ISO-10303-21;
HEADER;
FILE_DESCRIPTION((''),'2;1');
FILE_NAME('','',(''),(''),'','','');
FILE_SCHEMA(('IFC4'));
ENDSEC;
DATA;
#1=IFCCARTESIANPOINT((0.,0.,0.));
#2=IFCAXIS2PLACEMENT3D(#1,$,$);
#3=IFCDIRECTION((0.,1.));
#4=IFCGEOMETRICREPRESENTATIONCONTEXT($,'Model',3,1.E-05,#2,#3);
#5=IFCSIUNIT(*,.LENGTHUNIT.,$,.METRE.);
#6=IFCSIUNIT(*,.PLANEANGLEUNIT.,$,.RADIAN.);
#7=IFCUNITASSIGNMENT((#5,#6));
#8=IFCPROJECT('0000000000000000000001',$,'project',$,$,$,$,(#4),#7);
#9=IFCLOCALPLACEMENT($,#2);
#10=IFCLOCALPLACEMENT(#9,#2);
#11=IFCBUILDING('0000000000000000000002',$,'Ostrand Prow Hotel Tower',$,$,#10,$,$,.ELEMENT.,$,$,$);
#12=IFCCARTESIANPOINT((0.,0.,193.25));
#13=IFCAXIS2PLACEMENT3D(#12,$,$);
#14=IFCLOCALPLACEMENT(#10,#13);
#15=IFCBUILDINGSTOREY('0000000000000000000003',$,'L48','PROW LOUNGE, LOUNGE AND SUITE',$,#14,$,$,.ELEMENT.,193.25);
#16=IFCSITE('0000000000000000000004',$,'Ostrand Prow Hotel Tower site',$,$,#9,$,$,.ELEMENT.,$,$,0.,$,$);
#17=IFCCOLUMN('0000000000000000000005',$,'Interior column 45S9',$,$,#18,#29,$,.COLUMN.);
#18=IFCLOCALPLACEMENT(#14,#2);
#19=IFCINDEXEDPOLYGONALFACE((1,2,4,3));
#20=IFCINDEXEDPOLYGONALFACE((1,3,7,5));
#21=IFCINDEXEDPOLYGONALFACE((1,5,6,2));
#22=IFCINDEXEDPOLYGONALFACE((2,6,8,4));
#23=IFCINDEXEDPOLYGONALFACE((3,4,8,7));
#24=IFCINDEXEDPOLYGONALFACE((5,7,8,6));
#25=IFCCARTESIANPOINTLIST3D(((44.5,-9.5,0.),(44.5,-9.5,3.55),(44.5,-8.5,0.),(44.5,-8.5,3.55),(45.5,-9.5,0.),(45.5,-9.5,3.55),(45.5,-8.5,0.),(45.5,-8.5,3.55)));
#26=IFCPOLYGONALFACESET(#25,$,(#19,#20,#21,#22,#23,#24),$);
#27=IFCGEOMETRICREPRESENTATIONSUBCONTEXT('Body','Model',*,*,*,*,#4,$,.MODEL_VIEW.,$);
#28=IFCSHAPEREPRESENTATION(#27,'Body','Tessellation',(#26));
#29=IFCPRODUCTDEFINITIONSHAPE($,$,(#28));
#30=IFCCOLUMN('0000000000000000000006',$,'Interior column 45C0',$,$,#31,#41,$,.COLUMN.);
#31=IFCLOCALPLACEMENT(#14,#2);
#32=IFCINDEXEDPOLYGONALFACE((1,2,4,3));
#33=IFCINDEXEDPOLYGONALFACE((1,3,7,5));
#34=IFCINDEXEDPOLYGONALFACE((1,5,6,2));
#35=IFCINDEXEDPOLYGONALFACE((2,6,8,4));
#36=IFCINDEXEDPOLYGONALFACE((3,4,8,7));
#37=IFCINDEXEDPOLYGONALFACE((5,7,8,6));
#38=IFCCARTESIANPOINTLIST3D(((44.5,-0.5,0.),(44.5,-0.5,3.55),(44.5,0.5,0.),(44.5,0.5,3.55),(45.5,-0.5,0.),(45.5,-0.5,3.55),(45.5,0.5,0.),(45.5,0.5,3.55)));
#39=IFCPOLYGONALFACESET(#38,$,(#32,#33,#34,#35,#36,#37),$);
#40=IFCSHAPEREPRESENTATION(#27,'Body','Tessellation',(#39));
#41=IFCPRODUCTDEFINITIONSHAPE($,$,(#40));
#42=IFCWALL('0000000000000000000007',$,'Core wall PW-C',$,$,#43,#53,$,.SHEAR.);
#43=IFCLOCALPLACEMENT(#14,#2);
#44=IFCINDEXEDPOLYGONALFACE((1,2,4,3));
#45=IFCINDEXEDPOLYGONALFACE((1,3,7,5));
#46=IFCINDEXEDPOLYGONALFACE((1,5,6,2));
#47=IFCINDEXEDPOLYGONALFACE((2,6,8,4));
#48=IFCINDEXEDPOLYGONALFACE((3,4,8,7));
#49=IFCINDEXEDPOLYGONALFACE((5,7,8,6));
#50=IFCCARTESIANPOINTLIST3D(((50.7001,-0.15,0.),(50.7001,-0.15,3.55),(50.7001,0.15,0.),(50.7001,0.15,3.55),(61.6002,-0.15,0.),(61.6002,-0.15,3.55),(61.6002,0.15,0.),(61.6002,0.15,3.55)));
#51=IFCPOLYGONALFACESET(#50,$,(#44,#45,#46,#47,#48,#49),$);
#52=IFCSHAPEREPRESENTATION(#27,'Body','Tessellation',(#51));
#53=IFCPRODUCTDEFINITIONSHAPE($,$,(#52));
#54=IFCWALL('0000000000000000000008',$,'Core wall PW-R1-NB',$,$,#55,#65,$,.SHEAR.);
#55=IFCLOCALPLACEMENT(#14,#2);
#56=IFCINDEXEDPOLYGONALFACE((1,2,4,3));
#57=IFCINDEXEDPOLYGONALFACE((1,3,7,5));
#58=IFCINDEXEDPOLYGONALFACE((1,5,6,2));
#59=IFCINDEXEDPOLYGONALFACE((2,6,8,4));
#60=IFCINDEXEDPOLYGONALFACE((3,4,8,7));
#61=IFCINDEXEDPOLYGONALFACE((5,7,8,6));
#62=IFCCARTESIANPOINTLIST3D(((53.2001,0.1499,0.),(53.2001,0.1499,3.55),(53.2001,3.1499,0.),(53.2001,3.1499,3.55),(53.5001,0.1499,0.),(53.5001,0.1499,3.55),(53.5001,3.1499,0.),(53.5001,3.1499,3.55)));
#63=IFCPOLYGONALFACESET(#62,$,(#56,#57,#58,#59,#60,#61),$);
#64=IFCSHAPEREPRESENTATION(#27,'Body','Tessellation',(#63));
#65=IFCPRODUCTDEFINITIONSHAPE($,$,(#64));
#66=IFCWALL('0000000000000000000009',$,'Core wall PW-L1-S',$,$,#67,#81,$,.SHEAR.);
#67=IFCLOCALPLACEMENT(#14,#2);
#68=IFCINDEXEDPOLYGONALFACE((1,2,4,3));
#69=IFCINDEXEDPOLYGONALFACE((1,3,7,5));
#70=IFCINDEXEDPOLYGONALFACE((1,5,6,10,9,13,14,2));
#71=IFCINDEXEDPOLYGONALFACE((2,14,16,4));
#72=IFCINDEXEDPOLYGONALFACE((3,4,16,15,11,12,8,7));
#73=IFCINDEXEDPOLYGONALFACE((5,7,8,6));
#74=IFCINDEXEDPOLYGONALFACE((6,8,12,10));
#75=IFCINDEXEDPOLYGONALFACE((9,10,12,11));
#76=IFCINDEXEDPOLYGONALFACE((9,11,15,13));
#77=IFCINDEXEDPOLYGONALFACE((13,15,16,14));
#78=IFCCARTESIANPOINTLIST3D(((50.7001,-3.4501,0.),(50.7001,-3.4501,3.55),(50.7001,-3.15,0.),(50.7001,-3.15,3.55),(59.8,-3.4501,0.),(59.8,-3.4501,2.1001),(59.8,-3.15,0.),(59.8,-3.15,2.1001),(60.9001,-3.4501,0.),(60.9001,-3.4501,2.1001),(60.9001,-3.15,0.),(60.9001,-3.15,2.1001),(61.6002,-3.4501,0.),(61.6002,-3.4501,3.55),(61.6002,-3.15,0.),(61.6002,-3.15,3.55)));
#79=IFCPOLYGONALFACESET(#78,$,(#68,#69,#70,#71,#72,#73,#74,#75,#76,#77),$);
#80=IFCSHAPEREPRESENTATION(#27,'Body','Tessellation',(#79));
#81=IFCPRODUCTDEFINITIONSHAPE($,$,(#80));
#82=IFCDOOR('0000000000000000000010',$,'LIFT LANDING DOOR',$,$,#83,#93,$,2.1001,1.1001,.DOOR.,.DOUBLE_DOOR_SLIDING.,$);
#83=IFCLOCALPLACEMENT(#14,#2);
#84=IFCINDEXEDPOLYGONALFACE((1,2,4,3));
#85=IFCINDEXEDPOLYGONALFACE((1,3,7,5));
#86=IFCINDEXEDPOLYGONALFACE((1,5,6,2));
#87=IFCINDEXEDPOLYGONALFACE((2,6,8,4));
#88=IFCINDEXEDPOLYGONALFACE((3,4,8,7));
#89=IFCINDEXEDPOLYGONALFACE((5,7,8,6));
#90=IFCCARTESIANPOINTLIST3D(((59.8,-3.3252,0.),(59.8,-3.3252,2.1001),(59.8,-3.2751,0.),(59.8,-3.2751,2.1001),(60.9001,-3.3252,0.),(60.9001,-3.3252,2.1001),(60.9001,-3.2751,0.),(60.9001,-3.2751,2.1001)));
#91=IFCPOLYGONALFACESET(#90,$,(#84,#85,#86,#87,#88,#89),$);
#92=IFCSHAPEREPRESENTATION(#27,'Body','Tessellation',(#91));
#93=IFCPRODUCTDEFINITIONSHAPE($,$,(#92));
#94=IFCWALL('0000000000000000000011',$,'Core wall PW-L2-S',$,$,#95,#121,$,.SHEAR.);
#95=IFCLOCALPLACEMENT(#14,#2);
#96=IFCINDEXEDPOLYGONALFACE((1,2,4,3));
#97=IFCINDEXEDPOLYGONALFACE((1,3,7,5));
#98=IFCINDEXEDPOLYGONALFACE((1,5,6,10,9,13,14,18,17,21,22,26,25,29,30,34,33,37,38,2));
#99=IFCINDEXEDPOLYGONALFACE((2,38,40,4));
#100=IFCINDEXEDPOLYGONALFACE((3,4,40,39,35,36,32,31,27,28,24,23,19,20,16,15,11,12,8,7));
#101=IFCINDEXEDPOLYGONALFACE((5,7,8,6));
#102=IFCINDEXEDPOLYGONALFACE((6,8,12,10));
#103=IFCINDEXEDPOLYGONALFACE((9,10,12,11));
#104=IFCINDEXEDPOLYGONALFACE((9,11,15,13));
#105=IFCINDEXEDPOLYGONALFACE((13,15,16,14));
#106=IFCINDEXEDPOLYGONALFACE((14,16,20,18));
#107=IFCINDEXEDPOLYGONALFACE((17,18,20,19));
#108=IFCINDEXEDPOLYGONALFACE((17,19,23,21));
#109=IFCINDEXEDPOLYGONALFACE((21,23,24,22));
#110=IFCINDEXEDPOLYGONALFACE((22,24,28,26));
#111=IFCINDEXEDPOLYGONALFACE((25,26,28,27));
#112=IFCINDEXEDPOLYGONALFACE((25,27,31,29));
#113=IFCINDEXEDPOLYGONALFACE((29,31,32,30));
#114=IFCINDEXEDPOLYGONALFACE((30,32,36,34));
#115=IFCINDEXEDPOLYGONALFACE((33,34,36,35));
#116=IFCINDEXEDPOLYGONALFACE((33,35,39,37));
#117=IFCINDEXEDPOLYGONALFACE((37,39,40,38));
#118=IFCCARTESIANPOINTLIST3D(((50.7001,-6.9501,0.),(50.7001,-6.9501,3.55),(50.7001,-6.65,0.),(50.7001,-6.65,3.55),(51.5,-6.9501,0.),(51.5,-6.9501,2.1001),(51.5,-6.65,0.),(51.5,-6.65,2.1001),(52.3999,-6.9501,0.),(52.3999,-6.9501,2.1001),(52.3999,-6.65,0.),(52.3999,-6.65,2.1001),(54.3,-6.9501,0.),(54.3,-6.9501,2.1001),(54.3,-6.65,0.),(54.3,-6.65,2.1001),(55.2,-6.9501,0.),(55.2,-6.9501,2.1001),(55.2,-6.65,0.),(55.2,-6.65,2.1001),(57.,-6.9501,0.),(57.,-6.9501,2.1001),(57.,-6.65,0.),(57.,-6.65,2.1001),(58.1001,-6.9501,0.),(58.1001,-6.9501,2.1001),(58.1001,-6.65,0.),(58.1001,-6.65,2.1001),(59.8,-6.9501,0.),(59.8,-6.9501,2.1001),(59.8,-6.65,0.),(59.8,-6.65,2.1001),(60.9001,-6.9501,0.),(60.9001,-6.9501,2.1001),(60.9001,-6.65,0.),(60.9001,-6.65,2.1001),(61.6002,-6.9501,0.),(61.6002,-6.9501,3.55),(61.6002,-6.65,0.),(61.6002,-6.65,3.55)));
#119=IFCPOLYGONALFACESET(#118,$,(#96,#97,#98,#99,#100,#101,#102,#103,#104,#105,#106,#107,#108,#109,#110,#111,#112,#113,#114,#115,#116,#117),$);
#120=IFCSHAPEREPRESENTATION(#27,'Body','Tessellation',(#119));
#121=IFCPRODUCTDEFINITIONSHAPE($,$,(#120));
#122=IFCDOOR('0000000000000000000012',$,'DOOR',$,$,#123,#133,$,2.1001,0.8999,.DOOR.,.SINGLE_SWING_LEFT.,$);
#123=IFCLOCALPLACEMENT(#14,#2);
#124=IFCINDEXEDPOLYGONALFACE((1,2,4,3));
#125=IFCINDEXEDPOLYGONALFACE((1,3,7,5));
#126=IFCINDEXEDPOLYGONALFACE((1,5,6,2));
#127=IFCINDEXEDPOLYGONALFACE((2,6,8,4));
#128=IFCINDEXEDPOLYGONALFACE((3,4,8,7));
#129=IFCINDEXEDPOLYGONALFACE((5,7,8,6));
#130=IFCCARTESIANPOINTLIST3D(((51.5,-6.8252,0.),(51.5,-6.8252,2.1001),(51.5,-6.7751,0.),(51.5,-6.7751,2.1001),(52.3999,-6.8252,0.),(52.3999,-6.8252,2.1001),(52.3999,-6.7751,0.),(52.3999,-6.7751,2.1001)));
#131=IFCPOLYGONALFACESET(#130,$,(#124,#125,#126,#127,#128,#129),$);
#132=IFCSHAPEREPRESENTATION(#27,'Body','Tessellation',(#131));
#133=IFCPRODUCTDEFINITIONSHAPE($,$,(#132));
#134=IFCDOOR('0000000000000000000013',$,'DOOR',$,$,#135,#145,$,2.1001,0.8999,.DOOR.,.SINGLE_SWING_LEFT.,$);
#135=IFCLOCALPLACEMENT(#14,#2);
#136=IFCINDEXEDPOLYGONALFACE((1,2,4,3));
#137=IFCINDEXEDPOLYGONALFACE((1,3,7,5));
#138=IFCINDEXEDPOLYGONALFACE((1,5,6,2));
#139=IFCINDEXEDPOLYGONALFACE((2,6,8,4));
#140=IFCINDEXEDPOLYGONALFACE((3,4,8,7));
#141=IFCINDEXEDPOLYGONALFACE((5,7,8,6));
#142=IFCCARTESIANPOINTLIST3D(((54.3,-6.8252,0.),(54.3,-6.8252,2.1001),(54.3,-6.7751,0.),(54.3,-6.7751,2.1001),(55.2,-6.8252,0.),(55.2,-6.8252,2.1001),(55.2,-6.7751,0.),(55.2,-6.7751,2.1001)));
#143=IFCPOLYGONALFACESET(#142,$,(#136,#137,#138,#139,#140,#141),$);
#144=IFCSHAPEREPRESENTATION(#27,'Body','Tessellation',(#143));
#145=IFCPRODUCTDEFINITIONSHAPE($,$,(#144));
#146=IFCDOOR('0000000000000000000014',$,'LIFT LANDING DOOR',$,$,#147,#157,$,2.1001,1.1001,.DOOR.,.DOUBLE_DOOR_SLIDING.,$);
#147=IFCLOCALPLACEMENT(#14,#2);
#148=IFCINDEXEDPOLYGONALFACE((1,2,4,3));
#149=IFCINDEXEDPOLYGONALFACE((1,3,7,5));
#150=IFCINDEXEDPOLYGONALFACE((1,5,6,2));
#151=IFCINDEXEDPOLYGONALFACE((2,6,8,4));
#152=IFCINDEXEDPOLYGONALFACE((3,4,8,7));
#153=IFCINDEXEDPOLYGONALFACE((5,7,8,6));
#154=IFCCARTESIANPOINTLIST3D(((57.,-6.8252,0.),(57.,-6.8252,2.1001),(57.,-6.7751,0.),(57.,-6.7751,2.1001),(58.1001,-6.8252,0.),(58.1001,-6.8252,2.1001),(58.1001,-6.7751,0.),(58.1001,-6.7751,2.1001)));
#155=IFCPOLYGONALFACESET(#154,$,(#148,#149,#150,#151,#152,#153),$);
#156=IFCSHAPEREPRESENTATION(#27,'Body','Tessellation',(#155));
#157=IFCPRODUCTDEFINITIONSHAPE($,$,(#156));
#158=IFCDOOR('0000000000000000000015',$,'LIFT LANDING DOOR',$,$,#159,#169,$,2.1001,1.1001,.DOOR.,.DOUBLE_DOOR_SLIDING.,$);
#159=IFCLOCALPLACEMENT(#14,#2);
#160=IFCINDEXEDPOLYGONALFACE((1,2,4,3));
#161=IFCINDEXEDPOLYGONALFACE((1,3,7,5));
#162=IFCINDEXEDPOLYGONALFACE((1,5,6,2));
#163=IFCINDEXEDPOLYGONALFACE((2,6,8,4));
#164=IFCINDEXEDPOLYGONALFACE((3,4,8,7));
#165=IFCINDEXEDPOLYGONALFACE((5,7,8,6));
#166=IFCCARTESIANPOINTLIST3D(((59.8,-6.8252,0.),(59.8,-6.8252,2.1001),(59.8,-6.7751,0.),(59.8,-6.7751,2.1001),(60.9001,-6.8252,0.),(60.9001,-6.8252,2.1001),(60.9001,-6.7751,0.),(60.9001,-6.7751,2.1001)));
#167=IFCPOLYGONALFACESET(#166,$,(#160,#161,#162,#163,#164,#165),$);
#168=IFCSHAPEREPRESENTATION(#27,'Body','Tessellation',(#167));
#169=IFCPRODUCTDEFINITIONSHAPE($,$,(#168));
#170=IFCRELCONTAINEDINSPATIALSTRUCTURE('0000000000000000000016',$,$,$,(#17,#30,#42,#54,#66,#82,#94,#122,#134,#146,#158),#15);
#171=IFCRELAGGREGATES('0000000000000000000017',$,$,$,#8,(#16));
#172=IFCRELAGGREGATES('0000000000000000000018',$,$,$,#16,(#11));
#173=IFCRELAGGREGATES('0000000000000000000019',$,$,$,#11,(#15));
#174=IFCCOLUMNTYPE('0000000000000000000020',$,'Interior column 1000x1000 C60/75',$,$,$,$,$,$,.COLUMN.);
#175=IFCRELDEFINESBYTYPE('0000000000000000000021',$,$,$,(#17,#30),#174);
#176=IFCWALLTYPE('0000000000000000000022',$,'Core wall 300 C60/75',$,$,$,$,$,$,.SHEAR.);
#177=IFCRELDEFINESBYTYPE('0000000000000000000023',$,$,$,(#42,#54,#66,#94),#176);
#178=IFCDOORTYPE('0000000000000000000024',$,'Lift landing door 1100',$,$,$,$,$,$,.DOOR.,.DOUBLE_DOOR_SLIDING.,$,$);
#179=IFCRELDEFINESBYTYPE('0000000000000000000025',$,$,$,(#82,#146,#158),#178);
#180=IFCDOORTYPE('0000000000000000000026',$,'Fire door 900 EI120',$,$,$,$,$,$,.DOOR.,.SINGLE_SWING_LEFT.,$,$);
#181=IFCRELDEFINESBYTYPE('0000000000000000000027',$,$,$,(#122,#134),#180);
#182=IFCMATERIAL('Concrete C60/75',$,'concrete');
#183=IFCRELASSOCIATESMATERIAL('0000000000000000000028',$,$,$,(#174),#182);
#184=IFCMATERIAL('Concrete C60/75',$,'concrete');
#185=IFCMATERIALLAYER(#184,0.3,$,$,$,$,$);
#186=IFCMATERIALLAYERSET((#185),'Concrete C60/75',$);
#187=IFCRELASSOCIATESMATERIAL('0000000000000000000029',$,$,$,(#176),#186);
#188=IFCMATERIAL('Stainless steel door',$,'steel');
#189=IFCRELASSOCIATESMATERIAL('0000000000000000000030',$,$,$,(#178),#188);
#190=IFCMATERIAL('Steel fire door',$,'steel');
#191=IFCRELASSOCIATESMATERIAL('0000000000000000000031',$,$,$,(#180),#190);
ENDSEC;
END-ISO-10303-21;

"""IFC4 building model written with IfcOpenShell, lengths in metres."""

from ifc_helpers import new_model, si_unit, direction, frame, frame_2d, origin, origin_2d, place, context, subcontext, project, spatial, rectangle, extrude, material, layer, layer_set, material_profile, profile_set, type_object, element, fill, save


model = new_model("IFC4")

# Units and contexts
model_context = context("Model", 3, precision=1e-05, world=origin(), true_north=direction((0.0, 1.0)))
body_context = subcontext(model_context, "Body", "Model", "MODEL_VIEW")
ifc_project = project(units=[si_unit("LENGTHUNIT", "METRE"), si_unit("PLANEANGLEUNIT", "RADIAN")], contexts=[model_context])

# Site, building, storey
site_placement = place(None, origin())
site = spatial("IfcSite", under=ifc_project, at=site_placement, Name="Ostrand Prow Hotel Tower site", CompositionType="ELEMENT", RefElevation=0.0)
building_placement = place(site_placement, origin())
building = spatial("IfcBuilding", under=site, at=building_placement, Name="Ostrand Prow Hotel Tower", CompositionType="ELEMENT")
storey_placement = place(building_placement, frame((0.0, 0.0, 193.25)))
storey = spatial("IfcBuildingStorey", under=building, at=storey_placement, Name="L48", Description="PROW LOUNGE, LOUNGE AND SUITE", CompositionType="ELEMENT", Elevation=193.25)

# Columns
ifc_material_1 = material(Name="Concrete C60/75", Category="concrete")
ifc_material_profile = material_profile(ifc_material_1, rectangle(XDim=1.0, YDim=1.0, at=origin_2d()), Name="RC 1000x1000")
ifc_profile_set = profile_set([ifc_material_profile], Name="Concrete C60/75")
column_type = type_object("IfcColumnType", Name="Interior column 1000x1000 C60/75", PredefinedType="COLUMN", material=ifc_profile_set)
for number, where, z_axis, x_axis, name in (
    (1, (45.0, -9.0, 0.0), (0.0, 0.0, 1.0), (1.0, 0.0, 0.0), "Interior column 45S9"),
    (2, (45.0, 0.0, 0.0), (0.0, 0.0, 1.0), (1.0, 0.0, 0.0), "Interior column 45C0"),
):
    element("IfcColumn", number, at=place(storey_placement, frame(where, z_axis=z_axis, x_axis=x_axis)), inside=storey, type_object=column_type, Name=name, PredefinedType="COLUMN", context=body_context, shape_type="SweptSolid", body=[
        extrude(rectangle(XDim=1.0, YDim=1.0, at=origin_2d()), origin(), (0.0, 0.0, 1.0), 3.55),
    ])

# Walls
ifc_material_2 = material(Name="Concrete C60/75", Category="concrete")
ifc_layer_1 = layer(ifc_material_2, 0.3)
ifc_layer_set_1 = layer_set([ifc_layer_1], Name="Concrete C60/75")
wall_type_1 = type_object("IfcWallType", Name="Core wall 300 C60/75", PredefinedType="SHEAR", material=ifc_layer_set_1)
wall_1_placement = place(storey_placement, frame((50.7, 0.0, 0.0), z_axis=(0.0, 0.0, 1.0), x_axis=(1.0, 0.0, 0.0)))
element("IfcWall", 3, at=wall_1_placement, inside=storey, type_object=wall_type_1, Name="Core wall PW-C", PredefinedType="SHEAR", context=body_context, shape_type="SweptSolid", body=[
    extrude(rectangle(XDim=10.9001, YDim=0.3, at=frame_2d((5.4502, 0.0))), origin(), (0.0, 0.0, 1.0), 3.55),
])
wall_2_placement = place(storey_placement, frame((53.3501, 0.1499, 0.0), z_axis=(0.0, 0.0, 1.0), x_axis=(0.0, 1.0, 0.0)))
element("IfcWall", 4, at=wall_2_placement, inside=storey, type_object=wall_type_1, Name="Core wall PW-R1-NB", PredefinedType="SHEAR", context=body_context, shape_type="SweptSolid", body=[
    extrude(rectangle(XDim=3.0, YDim=0.3, at=frame_2d((1.5, 0.0))), origin(), (0.0, 0.0, 1.0), 3.55),
])

# Wall, opening, door
wall_3_placement = place(storey_placement, frame((50.7, -3.3, 0.0), z_axis=(0.0, 0.0, 1.0), x_axis=(1.0, 0.0, 0.0)))
wall_3 = element("IfcWall", 5, at=wall_3_placement, inside=storey, type_object=wall_type_1, Name="Core wall PW-L1-S", PredefinedType="SHEAR", context=body_context, shape_type="SweptSolid", body=[
    extrude(rectangle(XDim=10.9001, YDim=0.3, at=frame_2d((5.4502, 0.0))), origin(), (0.0, 0.0, 1.0), 3.55),
])
opening_1_placement = place(wall_3_placement, frame((9.1001, 0.0, 0.0)))
opening_1 = element("IfcOpeningElement", 6, at=opening_1_placement, cuts=wall_3, PredefinedType="OPENING", context=body_context, shape_type="SweptSolid", body=[
    extrude(rectangle(XDim=1.1001, YDim=2.1001, at=frame_2d((0.55, 1.05))), frame((0.0, 0.1599, 0.0), z_axis=(0.0, -1.0, 0.0), x_axis=(1.0, 0.0, 0.0)), (0.0, 0.0, 1.0), 0.3201),
])
ifc_material_3 = material(Name="Stainless steel door", Category="steel")
door_type_1 = type_object("IfcDoorType", Name="Lift landing door 1100", OperationType="DOUBLE_DOOR_SLIDING", PredefinedType="DOOR", material=ifc_material_3)
door_1_placement = place(opening_1_placement, origin())
door_1 = element("IfcDoor", 7, at=door_1_placement, inside=storey, type_object=door_type_1, Name="LIFT LANDING DOOR", OperationType="DOUBLE_DOOR_SLIDING", OverallHeight=2.1001, OverallWidth=1.1001, PredefinedType="DOOR", context=body_context, shape_type="SweptSolid", body=[
    extrude(rectangle(XDim=1.1001, YDim=2.1001, at=frame_2d((0.55, 1.05))), frame((0.0, 0.0249, 0.0), z_axis=(0.0, -1.0, 0.0), x_axis=(1.0, 0.0, 0.0)), (0.0, 0.0, 1.0), 0.05),
])
fill(opening_1, door_1)

# Wall, openings, doors
wall_4_placement = place(storey_placement, frame((50.7, -6.8, 0.0), z_axis=(0.0, 0.0, 1.0), x_axis=(1.0, 0.0, 0.0)))
wall_4 = element("IfcWall", 8, at=wall_4_placement, inside=storey, type_object=wall_type_1, Name="Core wall PW-L2-S", PredefinedType="SHEAR", context=body_context, shape_type="SweptSolid", body=[
    extrude(rectangle(XDim=10.9001, YDim=0.3, at=frame_2d((5.4502, 0.0))), origin(), (0.0, 0.0, 1.0), 3.55),
])
opening_2_placement = place(wall_4_placement, frame((6.3, 0.0, 0.0)))
opening_2 = element("IfcOpeningElement", 9, at=opening_2_placement, cuts=wall_4, PredefinedType="OPENING", context=body_context, shape_type="SweptSolid", body=[
    extrude(rectangle(XDim=1.1001, YDim=2.1001, at=frame_2d((0.55, 1.05))), frame((0.0, 0.1599, 0.0), z_axis=(0.0, -1.0, 0.0), x_axis=(1.0, 0.0, 0.0)), (0.0, 0.0, 1.0), 0.3201),
])
opening_3_placement = place(wall_4_placement, frame((9.1001, 0.0, 0.0)))
opening_3 = element("IfcOpeningElement", 10, at=opening_3_placement, cuts=wall_4, PredefinedType="OPENING", context=body_context, shape_type="SweptSolid", body=[
    extrude(rectangle(XDim=1.1001, YDim=2.1001, at=frame_2d((0.55, 1.05))), frame((0.0, 0.1599, 0.0), z_axis=(0.0, -1.0, 0.0), x_axis=(1.0, 0.0, 0.0)), (0.0, 0.0, 1.0), 0.3201),
])
opening_4_placement = place(wall_4_placement, frame((0.8, 0.0, 0.0)))
opening_4 = element("IfcOpeningElement", 11, at=opening_4_placement, cuts=wall_4, PredefinedType="OPENING", context=body_context, shape_type="SweptSolid", body=[
    extrude(rectangle(XDim=0.8999, YDim=2.1001, at=frame_2d((0.45, 1.05))), frame((0.0, 0.1599, 0.0), z_axis=(0.0, -1.0, 0.0), x_axis=(1.0, 0.0, 0.0)), (0.0, 0.0, 1.0), 0.3201),
])
opening_5_placement = place(wall_4_placement, frame((3.6001, 0.0, 0.0)))
opening_5 = element("IfcOpeningElement", 12, at=opening_5_placement, cuts=wall_4, PredefinedType="OPENING", context=body_context, shape_type="SweptSolid", body=[
    extrude(rectangle(XDim=0.8999, YDim=2.1001, at=frame_2d((0.45, 1.05))), frame((0.0, 0.1599, 0.0), z_axis=(0.0, -1.0, 0.0), x_axis=(1.0, 0.0, 0.0)), (0.0, 0.0, 1.0), 0.3201),
])
ifc_material_4 = material(Name="Steel fire door", Category="steel")
door_type_2 = type_object("IfcDoorType", Name="Fire door 900 EI120", OperationType="SINGLE_SWING_LEFT", PredefinedType="DOOR", material=ifc_material_4)
door_2_placement = place(opening_4_placement, origin())
door_2 = element("IfcDoor", 13, at=door_2_placement, inside=storey, type_object=door_type_2, Name="DOOR", OperationType="SINGLE_SWING_LEFT", OverallHeight=2.1001, OverallWidth=0.8999, PredefinedType="DOOR", context=body_context, shape_type="SweptSolid", body=[
    extrude(rectangle(XDim=0.8999, YDim=2.1001, at=frame_2d((0.45, 1.05))), frame((0.0, 0.0249, 0.0), z_axis=(0.0, -1.0, 0.0), x_axis=(1.0, 0.0, 0.0)), (0.0, 0.0, 1.0), 0.05),
])
fill(opening_4, door_2)
door_3_placement = place(opening_5_placement, origin())
door_3 = element("IfcDoor", 14, at=door_3_placement, inside=storey, type_object=door_type_2, Name="DOOR", OperationType="SINGLE_SWING_LEFT", OverallHeight=2.1001, OverallWidth=0.8999, PredefinedType="DOOR", context=body_context, shape_type="SweptSolid", body=[
    extrude(rectangle(XDim=0.8999, YDim=2.1001, at=frame_2d((0.45, 1.05))), frame((0.0, 0.0249, 0.0), z_axis=(0.0, -1.0, 0.0), x_axis=(1.0, 0.0, 0.0)), (0.0, 0.0, 1.0), 0.05),
])
fill(opening_5, door_3)
door_4_placement = place(opening_2_placement, origin())
door_4 = element("IfcDoor", 15, at=door_4_placement, inside=storey, type_object=door_type_1, Name="LIFT LANDING DOOR", OperationType="DOUBLE_DOOR_SLIDING", OverallHeight=2.1001, OverallWidth=1.1001, PredefinedType="DOOR", context=body_context, shape_type="SweptSolid", body=[
    extrude(rectangle(XDim=1.1001, YDim=2.1001, at=frame_2d((0.55, 1.05))), frame((0.0, 0.0249, 0.0), z_axis=(0.0, -1.0, 0.0), x_axis=(1.0, 0.0, 0.0)), (0.0, 0.0, 1.0), 0.05),
])
fill(opening_2, door_4)
door_5_placement = place(opening_3_placement, origin())
door_5 = element("IfcDoor", 16, at=door_5_placement, inside=storey, type_object=door_type_1, Name="LIFT LANDING DOOR", OperationType="DOUBLE_DOOR_SLIDING", OverallHeight=2.1001, OverallWidth=1.1001, PredefinedType="DOOR", context=body_context, shape_type="SweptSolid", body=[
    extrude(rectangle(XDim=1.1001, YDim=2.1001, at=frame_2d((0.55, 1.05))), frame((0.0, 0.0249, 0.0), z_axis=(0.0, -1.0, 0.0), x_axis=(1.0, 0.0, 0.0)), (0.0, 0.0, 1.0), 0.05),
])
fill(opening_3, door_5)

save(model, "model.ifc")
